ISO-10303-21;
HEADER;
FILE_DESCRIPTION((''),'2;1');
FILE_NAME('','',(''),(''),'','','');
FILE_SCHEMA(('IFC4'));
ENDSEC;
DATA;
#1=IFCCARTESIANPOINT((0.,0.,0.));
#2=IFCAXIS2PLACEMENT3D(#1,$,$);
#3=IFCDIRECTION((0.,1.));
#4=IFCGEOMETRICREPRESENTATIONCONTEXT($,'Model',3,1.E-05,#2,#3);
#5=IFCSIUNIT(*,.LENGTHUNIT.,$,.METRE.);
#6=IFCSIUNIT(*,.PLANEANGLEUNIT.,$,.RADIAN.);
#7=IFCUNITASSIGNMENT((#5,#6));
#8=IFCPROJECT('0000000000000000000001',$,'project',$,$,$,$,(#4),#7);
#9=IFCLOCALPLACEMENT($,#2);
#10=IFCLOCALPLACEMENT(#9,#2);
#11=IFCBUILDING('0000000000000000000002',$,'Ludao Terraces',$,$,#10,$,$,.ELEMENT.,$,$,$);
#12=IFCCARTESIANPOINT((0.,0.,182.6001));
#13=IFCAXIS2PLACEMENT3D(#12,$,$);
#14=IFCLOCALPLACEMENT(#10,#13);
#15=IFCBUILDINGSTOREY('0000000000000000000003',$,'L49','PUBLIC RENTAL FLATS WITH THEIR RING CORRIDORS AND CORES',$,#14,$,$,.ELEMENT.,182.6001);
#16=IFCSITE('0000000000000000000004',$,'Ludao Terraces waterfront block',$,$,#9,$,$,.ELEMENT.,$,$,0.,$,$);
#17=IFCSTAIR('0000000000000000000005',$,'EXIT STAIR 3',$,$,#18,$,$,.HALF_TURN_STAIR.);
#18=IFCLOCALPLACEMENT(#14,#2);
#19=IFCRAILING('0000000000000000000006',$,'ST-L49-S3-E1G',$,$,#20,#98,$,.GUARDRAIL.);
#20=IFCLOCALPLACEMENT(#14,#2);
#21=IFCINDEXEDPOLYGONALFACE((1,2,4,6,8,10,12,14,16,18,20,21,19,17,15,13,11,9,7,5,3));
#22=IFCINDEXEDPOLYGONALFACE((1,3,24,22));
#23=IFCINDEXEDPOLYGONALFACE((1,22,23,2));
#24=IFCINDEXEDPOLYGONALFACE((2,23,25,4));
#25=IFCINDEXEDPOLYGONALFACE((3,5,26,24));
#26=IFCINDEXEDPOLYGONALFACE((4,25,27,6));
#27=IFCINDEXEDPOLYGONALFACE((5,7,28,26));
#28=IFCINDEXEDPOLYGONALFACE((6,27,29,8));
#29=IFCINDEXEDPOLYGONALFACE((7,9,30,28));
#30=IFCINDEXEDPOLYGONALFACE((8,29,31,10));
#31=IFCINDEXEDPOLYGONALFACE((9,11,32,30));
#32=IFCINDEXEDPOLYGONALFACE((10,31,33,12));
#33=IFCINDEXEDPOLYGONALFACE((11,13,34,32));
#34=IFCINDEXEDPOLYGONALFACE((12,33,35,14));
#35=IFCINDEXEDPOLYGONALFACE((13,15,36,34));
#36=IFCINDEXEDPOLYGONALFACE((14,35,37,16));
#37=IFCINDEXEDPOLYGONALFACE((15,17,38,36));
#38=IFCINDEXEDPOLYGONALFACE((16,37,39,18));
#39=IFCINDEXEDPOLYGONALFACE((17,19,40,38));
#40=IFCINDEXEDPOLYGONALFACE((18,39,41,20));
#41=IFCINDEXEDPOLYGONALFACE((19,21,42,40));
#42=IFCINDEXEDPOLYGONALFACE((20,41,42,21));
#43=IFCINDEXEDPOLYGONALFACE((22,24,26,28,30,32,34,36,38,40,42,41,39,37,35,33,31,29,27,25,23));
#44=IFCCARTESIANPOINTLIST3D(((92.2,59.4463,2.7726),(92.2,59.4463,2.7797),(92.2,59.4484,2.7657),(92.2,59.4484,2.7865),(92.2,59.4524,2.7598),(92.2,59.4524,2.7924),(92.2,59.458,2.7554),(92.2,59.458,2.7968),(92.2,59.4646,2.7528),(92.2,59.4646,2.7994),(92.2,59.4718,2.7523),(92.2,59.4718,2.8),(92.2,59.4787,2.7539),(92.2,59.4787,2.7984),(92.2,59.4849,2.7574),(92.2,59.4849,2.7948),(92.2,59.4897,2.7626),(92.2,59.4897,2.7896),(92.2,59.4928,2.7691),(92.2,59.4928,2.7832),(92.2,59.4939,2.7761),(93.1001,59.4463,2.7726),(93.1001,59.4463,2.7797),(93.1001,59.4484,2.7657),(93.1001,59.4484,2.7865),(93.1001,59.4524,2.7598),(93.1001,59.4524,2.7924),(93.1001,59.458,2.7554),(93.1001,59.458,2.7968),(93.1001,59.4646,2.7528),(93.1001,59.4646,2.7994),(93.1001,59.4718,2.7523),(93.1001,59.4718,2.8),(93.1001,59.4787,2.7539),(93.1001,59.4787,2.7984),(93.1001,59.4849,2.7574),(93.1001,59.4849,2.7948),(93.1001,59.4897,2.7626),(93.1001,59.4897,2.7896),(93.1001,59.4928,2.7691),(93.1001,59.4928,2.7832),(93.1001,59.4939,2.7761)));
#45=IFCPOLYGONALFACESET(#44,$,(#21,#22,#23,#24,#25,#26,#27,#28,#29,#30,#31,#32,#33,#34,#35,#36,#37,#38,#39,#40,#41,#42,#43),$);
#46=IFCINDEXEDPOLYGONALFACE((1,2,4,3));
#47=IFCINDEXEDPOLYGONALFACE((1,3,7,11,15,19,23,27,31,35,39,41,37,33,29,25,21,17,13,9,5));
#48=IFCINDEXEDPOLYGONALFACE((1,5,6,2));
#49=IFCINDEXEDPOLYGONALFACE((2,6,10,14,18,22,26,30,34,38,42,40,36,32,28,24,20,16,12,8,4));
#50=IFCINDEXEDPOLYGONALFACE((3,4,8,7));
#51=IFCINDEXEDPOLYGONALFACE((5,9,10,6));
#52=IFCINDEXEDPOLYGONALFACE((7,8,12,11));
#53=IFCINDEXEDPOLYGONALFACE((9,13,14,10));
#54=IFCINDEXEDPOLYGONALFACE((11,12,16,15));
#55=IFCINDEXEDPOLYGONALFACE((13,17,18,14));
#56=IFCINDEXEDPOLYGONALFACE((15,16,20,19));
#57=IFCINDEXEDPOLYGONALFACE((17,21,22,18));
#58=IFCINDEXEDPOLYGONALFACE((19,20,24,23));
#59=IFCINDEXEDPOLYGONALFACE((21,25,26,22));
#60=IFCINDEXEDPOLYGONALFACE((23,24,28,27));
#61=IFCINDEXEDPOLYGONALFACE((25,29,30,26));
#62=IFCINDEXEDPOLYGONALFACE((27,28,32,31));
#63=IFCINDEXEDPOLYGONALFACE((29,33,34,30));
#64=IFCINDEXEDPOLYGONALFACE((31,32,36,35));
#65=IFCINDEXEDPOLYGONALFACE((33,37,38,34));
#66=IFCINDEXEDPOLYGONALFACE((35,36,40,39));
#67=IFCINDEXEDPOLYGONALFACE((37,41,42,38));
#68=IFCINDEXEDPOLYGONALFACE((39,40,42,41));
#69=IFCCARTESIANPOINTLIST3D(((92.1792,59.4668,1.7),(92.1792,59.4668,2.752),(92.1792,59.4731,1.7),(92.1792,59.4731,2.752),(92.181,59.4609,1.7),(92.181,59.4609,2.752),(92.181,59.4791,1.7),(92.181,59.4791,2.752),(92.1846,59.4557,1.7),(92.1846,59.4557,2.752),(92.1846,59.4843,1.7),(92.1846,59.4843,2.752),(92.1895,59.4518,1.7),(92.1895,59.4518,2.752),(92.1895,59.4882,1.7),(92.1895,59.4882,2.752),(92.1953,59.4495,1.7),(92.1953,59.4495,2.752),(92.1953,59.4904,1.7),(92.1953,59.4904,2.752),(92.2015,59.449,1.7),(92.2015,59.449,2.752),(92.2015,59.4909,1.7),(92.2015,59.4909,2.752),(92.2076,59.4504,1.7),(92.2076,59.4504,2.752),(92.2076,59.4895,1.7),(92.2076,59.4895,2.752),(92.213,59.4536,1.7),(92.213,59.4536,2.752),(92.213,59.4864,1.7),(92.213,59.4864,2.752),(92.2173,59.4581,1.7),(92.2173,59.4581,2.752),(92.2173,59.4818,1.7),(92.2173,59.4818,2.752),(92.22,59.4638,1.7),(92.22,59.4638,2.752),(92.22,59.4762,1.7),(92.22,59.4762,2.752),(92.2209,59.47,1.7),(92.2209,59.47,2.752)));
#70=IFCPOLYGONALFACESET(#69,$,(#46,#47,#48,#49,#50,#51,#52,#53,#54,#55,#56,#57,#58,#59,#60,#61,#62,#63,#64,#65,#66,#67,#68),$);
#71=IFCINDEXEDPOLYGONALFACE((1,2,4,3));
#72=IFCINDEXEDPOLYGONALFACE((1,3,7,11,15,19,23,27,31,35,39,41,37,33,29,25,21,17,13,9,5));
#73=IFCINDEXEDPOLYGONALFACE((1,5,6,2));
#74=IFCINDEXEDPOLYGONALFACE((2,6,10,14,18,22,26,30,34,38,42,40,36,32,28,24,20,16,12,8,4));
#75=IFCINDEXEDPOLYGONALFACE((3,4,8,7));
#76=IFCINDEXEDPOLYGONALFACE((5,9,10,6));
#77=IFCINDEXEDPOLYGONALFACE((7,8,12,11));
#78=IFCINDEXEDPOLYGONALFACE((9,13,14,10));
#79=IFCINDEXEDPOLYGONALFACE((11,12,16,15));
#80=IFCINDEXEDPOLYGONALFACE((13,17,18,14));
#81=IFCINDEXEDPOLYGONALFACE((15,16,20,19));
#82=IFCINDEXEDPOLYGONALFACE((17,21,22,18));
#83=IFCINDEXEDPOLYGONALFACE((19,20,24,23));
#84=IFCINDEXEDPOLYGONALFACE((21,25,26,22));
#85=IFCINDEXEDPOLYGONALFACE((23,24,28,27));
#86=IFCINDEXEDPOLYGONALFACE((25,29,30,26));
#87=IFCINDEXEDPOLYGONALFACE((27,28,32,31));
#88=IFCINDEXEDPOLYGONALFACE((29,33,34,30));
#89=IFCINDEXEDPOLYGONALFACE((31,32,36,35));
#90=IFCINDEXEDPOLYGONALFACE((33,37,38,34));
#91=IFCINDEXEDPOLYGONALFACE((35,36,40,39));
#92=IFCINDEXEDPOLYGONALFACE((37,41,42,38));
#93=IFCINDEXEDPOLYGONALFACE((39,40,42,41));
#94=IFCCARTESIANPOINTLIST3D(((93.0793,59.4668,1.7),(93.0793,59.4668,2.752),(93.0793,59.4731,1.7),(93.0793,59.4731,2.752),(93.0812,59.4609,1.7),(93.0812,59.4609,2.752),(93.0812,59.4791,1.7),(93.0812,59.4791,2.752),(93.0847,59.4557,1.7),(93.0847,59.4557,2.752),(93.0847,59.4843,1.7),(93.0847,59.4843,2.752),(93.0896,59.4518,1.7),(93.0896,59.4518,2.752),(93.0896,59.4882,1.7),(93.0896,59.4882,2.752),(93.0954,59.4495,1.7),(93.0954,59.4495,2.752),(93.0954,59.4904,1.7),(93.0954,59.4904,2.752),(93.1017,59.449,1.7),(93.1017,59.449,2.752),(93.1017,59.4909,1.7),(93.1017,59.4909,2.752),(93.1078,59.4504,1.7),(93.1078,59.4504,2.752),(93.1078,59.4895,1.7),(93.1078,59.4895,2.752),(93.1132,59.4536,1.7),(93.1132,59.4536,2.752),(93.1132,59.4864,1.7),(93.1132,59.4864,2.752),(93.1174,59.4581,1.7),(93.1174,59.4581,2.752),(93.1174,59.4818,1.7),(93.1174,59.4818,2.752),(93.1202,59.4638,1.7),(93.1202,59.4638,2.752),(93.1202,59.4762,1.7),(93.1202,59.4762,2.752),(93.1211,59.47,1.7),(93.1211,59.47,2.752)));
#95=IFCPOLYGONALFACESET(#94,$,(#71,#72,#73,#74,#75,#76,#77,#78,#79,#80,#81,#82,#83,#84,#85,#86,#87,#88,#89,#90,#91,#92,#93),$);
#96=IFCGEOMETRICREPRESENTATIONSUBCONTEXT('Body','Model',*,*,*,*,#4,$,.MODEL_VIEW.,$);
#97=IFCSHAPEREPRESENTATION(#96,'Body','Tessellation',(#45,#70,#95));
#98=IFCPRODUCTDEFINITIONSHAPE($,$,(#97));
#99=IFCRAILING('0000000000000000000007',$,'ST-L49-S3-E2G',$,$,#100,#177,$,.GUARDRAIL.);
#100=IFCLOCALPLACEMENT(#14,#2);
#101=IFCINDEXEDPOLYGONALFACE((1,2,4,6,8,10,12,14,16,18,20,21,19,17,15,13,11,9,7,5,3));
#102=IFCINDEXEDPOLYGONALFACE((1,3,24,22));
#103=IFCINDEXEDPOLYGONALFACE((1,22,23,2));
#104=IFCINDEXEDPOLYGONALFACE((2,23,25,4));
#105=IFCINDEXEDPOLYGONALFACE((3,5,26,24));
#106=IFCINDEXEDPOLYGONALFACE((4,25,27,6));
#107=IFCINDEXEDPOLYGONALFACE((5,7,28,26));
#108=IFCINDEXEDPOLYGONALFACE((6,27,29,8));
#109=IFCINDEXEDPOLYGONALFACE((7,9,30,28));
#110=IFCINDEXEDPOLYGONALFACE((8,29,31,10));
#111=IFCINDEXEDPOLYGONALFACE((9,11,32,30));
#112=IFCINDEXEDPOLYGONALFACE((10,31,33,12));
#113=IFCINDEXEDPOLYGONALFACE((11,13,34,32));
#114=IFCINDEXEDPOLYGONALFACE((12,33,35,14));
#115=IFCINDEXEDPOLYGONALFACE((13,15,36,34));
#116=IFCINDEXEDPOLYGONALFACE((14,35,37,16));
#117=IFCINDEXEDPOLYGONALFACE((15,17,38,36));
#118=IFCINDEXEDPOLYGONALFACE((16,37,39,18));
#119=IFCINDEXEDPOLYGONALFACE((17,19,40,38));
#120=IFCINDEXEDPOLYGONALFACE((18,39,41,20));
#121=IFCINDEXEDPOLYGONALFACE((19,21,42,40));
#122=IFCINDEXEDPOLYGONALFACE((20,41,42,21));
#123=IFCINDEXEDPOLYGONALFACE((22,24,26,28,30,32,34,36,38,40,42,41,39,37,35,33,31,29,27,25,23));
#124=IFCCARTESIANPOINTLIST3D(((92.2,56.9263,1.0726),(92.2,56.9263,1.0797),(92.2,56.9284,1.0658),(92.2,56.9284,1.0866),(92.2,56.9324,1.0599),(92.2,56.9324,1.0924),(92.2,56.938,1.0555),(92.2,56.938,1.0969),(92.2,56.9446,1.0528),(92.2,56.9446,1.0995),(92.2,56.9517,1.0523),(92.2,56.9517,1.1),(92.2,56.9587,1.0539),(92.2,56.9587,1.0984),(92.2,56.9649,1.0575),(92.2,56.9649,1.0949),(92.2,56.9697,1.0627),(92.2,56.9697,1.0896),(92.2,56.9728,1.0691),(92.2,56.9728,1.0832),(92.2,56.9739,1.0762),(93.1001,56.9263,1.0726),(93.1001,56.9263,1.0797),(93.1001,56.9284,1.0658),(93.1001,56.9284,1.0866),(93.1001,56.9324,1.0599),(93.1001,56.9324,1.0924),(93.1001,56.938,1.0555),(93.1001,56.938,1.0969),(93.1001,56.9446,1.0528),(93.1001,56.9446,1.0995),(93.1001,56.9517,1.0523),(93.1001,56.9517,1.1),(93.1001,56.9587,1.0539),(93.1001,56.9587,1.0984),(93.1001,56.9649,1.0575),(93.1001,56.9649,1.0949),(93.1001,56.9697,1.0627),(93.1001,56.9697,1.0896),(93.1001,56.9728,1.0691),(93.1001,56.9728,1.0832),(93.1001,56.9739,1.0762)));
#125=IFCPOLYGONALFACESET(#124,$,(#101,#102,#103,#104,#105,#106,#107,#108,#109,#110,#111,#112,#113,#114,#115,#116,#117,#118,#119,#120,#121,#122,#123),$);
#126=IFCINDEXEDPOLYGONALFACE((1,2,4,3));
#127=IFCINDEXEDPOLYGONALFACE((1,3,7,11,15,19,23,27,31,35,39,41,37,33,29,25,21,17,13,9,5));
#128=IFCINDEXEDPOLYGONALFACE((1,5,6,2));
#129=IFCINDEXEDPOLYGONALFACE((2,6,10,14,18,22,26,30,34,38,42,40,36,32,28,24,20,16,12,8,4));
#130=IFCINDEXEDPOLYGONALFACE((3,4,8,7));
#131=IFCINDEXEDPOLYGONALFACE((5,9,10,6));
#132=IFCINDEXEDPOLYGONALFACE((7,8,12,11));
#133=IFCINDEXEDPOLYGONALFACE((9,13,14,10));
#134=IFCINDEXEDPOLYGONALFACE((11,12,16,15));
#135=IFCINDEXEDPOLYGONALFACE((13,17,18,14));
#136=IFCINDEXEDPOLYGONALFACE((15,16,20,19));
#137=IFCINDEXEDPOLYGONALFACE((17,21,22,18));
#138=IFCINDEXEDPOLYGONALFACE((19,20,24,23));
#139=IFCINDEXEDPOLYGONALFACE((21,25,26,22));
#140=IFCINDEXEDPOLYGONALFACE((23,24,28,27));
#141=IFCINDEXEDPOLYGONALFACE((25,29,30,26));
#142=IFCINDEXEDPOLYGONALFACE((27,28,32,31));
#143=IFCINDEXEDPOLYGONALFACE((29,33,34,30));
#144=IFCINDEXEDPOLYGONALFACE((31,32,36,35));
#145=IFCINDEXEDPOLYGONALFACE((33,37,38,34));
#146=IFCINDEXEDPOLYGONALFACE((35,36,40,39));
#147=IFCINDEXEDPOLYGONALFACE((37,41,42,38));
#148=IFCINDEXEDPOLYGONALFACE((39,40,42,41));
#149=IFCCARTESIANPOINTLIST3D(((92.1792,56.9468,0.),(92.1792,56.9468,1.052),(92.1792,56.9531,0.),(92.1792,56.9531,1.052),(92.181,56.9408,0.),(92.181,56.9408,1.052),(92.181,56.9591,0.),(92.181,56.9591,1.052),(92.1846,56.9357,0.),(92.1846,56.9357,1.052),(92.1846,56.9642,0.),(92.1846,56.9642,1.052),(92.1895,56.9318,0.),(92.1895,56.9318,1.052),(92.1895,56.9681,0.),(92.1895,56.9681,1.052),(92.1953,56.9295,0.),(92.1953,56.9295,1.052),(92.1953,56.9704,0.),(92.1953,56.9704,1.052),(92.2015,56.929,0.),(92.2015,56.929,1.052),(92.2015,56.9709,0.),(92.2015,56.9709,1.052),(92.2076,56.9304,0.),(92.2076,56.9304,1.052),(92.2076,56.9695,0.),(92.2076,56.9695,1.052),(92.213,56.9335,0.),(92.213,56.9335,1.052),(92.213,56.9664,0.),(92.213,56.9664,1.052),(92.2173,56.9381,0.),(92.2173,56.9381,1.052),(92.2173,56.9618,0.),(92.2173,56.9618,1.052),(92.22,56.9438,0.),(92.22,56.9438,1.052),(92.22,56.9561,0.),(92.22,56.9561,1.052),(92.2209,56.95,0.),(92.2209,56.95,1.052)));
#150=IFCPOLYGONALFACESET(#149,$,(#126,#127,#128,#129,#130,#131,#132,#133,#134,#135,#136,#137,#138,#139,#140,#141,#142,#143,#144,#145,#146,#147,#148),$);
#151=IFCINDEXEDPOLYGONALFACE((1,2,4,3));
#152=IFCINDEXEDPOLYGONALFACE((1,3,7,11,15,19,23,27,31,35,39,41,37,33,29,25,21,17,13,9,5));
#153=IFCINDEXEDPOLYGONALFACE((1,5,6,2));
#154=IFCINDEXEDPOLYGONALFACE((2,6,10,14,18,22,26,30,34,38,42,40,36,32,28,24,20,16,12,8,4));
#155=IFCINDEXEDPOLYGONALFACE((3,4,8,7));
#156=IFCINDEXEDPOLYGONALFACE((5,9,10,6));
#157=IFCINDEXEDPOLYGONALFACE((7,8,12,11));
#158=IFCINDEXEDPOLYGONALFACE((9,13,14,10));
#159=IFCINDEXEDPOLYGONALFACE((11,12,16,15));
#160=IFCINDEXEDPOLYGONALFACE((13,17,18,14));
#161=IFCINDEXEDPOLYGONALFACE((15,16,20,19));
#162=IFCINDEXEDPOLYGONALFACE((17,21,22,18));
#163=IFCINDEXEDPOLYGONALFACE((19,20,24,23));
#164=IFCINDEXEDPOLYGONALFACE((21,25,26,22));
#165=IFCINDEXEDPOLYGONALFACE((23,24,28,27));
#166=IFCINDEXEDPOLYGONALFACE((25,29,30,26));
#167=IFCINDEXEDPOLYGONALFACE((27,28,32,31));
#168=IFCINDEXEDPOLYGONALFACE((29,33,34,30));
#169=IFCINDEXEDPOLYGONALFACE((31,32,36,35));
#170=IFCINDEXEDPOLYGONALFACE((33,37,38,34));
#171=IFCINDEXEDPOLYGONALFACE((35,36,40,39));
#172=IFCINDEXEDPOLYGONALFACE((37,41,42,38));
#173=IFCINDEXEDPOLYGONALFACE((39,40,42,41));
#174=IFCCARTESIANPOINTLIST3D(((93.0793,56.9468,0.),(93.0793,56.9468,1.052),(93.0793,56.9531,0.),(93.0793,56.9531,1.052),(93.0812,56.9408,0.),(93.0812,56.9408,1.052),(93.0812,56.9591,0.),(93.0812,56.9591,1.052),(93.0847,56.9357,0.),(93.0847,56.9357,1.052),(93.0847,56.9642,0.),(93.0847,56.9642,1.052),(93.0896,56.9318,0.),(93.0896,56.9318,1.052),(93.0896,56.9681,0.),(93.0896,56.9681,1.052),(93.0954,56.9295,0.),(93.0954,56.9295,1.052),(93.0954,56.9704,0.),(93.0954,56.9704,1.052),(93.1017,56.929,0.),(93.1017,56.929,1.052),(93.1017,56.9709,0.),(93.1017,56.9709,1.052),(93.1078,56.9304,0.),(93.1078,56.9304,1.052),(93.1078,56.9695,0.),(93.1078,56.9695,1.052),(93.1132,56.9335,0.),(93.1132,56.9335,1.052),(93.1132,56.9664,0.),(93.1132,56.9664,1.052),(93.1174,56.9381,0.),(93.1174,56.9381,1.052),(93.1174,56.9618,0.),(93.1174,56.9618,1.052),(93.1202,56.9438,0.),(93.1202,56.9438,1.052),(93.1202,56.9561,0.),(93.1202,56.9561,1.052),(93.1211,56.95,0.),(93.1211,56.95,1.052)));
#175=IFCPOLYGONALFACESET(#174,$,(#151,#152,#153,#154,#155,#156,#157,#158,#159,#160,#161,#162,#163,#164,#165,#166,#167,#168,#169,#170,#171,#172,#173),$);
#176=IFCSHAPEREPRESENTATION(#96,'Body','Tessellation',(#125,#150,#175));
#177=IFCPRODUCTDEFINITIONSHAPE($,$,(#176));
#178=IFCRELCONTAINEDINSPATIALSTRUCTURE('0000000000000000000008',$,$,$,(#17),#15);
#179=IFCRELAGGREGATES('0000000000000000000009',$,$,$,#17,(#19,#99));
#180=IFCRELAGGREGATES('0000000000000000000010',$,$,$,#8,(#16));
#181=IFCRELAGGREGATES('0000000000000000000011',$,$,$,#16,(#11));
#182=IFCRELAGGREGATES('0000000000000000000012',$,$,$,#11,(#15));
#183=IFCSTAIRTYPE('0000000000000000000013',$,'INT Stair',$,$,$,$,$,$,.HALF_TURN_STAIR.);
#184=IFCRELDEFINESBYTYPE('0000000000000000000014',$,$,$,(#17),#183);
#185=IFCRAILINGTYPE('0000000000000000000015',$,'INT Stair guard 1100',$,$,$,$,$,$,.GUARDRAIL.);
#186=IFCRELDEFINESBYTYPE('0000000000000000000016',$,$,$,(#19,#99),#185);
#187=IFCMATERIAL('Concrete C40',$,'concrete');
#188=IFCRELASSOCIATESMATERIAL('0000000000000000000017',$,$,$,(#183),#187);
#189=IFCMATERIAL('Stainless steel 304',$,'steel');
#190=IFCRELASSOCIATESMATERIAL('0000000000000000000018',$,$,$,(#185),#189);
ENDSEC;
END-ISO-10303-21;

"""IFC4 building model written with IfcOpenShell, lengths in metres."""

from ifc_helpers import new_model, si_unit, direction, frame, origin, origin_2d, place, context, subcontext, project, spatial, circle, extrude, material, type_object, element, aggregate, save


model = new_model("IFC4")

# Units and contexts
model_context = context("Model", 3, precision=1e-05, world=origin(), true_north=direction((0.0, 1.0)))
body_context = subcontext(model_context, "Body", "Model", "MODEL_VIEW")
ifc_project = project(units=[si_unit("LENGTHUNIT", "METRE"), si_unit("PLANEANGLEUNIT", "RADIAN")], contexts=[model_context])

# Site, building, storey
site_placement = place(None, origin())
site = spatial("IfcSite", under=ifc_project, at=site_placement, Name="Ludao Terraces waterfront block", CompositionType="ELEMENT", RefElevation=0.0)
building_placement = place(site_placement, origin())
building = spatial("IfcBuilding", under=site, at=building_placement, Name="Ludao Terraces", CompositionType="ELEMENT")
storey_placement = place(building_placement, frame((0.0, 0.0, 182.6001)))
storey = spatial("IfcBuildingStorey", under=building, at=storey_placement, Name="L49", Description="PUBLIC RENTAL FLATS WITH THEIR RING CORRIDORS AND CORES", CompositionType="ELEMENT", Elevation=182.6001)

# Shared definitions
ifc_material_1 = material(Name="Concrete C40", Category="concrete")

# Stair, railings
stair_type = type_object("IfcStairType", Name="INT Stair", PredefinedType="HALF_TURN_STAIR", material=ifc_material_1)
stair_placement = place(storey_placement, origin())
stair = element("IfcStair", 1, at=stair_placement, inside=storey, type_object=stair_type, Name="EXIT STAIR 3", PredefinedType="HALF_TURN_STAIR")
ifc_material_2 = material(Name="Stainless steel 304", Category="steel")
railing_type_1 = type_object("IfcRailingType", Name="INT Stair guard 1100", PredefinedType="GUARDRAIL", material=ifc_material_2)
railing_1_placement = place(storey_placement, frame((92.2, 59.47, 1.7)))
railing_1 = element("IfcRailing", 2, at=railing_1_placement, type_object=railing_type_1, Name="ST-L49-S3-E1G", PredefinedType="GUARDRAIL", context=body_context, shape_type="SweptSolid", body=[
    extrude(circle(Radius=0.0239, at=origin_2d()), frame((0.0, 0.0, 1.0762), z_axis=(1.0, 0.0, 0.0), x_axis=(0.0, 1.0, 0.0)), (0.0, 0.0, 1.0), 0.9001),
    extrude(circle(Radius=0.021, at=origin_2d()), origin(), (0.0, 0.0, 1.0), 1.052),
    extrude(circle(Radius=0.021, at=origin_2d()), frame((0.9001, 0.0, 0.0)), (0.0, 0.0, 1.0), 1.052),
])
railing_2_placement = place(storey_placement, frame((92.2, 56.95, 0.0)))
railing_2 = element("IfcRailing", 3, at=railing_2_placement, type_object=railing_type_1, Name="ST-L49-S3-E2G", PredefinedType="GUARDRAIL", context=body_context, shape_type="SweptSolid", body=[
    extrude(circle(Radius=0.0239, at=origin_2d()), frame((0.0, 0.0, 1.0762), z_axis=(1.0, 0.0, 0.0), x_axis=(0.0, 1.0, 0.0)), (0.0, 0.0, 1.0), 0.9001),
    extrude(circle(Radius=0.021, at=origin_2d()), origin(), (0.0, 0.0, 1.0), 1.052),
    extrude(circle(Radius=0.021, at=origin_2d()), frame((0.9001, 0.0, 0.0)), (0.0, 0.0, 1.0), 1.052),
])
aggregate(stair, [railing_1, railing_2])

save(model, "model.ifc")
